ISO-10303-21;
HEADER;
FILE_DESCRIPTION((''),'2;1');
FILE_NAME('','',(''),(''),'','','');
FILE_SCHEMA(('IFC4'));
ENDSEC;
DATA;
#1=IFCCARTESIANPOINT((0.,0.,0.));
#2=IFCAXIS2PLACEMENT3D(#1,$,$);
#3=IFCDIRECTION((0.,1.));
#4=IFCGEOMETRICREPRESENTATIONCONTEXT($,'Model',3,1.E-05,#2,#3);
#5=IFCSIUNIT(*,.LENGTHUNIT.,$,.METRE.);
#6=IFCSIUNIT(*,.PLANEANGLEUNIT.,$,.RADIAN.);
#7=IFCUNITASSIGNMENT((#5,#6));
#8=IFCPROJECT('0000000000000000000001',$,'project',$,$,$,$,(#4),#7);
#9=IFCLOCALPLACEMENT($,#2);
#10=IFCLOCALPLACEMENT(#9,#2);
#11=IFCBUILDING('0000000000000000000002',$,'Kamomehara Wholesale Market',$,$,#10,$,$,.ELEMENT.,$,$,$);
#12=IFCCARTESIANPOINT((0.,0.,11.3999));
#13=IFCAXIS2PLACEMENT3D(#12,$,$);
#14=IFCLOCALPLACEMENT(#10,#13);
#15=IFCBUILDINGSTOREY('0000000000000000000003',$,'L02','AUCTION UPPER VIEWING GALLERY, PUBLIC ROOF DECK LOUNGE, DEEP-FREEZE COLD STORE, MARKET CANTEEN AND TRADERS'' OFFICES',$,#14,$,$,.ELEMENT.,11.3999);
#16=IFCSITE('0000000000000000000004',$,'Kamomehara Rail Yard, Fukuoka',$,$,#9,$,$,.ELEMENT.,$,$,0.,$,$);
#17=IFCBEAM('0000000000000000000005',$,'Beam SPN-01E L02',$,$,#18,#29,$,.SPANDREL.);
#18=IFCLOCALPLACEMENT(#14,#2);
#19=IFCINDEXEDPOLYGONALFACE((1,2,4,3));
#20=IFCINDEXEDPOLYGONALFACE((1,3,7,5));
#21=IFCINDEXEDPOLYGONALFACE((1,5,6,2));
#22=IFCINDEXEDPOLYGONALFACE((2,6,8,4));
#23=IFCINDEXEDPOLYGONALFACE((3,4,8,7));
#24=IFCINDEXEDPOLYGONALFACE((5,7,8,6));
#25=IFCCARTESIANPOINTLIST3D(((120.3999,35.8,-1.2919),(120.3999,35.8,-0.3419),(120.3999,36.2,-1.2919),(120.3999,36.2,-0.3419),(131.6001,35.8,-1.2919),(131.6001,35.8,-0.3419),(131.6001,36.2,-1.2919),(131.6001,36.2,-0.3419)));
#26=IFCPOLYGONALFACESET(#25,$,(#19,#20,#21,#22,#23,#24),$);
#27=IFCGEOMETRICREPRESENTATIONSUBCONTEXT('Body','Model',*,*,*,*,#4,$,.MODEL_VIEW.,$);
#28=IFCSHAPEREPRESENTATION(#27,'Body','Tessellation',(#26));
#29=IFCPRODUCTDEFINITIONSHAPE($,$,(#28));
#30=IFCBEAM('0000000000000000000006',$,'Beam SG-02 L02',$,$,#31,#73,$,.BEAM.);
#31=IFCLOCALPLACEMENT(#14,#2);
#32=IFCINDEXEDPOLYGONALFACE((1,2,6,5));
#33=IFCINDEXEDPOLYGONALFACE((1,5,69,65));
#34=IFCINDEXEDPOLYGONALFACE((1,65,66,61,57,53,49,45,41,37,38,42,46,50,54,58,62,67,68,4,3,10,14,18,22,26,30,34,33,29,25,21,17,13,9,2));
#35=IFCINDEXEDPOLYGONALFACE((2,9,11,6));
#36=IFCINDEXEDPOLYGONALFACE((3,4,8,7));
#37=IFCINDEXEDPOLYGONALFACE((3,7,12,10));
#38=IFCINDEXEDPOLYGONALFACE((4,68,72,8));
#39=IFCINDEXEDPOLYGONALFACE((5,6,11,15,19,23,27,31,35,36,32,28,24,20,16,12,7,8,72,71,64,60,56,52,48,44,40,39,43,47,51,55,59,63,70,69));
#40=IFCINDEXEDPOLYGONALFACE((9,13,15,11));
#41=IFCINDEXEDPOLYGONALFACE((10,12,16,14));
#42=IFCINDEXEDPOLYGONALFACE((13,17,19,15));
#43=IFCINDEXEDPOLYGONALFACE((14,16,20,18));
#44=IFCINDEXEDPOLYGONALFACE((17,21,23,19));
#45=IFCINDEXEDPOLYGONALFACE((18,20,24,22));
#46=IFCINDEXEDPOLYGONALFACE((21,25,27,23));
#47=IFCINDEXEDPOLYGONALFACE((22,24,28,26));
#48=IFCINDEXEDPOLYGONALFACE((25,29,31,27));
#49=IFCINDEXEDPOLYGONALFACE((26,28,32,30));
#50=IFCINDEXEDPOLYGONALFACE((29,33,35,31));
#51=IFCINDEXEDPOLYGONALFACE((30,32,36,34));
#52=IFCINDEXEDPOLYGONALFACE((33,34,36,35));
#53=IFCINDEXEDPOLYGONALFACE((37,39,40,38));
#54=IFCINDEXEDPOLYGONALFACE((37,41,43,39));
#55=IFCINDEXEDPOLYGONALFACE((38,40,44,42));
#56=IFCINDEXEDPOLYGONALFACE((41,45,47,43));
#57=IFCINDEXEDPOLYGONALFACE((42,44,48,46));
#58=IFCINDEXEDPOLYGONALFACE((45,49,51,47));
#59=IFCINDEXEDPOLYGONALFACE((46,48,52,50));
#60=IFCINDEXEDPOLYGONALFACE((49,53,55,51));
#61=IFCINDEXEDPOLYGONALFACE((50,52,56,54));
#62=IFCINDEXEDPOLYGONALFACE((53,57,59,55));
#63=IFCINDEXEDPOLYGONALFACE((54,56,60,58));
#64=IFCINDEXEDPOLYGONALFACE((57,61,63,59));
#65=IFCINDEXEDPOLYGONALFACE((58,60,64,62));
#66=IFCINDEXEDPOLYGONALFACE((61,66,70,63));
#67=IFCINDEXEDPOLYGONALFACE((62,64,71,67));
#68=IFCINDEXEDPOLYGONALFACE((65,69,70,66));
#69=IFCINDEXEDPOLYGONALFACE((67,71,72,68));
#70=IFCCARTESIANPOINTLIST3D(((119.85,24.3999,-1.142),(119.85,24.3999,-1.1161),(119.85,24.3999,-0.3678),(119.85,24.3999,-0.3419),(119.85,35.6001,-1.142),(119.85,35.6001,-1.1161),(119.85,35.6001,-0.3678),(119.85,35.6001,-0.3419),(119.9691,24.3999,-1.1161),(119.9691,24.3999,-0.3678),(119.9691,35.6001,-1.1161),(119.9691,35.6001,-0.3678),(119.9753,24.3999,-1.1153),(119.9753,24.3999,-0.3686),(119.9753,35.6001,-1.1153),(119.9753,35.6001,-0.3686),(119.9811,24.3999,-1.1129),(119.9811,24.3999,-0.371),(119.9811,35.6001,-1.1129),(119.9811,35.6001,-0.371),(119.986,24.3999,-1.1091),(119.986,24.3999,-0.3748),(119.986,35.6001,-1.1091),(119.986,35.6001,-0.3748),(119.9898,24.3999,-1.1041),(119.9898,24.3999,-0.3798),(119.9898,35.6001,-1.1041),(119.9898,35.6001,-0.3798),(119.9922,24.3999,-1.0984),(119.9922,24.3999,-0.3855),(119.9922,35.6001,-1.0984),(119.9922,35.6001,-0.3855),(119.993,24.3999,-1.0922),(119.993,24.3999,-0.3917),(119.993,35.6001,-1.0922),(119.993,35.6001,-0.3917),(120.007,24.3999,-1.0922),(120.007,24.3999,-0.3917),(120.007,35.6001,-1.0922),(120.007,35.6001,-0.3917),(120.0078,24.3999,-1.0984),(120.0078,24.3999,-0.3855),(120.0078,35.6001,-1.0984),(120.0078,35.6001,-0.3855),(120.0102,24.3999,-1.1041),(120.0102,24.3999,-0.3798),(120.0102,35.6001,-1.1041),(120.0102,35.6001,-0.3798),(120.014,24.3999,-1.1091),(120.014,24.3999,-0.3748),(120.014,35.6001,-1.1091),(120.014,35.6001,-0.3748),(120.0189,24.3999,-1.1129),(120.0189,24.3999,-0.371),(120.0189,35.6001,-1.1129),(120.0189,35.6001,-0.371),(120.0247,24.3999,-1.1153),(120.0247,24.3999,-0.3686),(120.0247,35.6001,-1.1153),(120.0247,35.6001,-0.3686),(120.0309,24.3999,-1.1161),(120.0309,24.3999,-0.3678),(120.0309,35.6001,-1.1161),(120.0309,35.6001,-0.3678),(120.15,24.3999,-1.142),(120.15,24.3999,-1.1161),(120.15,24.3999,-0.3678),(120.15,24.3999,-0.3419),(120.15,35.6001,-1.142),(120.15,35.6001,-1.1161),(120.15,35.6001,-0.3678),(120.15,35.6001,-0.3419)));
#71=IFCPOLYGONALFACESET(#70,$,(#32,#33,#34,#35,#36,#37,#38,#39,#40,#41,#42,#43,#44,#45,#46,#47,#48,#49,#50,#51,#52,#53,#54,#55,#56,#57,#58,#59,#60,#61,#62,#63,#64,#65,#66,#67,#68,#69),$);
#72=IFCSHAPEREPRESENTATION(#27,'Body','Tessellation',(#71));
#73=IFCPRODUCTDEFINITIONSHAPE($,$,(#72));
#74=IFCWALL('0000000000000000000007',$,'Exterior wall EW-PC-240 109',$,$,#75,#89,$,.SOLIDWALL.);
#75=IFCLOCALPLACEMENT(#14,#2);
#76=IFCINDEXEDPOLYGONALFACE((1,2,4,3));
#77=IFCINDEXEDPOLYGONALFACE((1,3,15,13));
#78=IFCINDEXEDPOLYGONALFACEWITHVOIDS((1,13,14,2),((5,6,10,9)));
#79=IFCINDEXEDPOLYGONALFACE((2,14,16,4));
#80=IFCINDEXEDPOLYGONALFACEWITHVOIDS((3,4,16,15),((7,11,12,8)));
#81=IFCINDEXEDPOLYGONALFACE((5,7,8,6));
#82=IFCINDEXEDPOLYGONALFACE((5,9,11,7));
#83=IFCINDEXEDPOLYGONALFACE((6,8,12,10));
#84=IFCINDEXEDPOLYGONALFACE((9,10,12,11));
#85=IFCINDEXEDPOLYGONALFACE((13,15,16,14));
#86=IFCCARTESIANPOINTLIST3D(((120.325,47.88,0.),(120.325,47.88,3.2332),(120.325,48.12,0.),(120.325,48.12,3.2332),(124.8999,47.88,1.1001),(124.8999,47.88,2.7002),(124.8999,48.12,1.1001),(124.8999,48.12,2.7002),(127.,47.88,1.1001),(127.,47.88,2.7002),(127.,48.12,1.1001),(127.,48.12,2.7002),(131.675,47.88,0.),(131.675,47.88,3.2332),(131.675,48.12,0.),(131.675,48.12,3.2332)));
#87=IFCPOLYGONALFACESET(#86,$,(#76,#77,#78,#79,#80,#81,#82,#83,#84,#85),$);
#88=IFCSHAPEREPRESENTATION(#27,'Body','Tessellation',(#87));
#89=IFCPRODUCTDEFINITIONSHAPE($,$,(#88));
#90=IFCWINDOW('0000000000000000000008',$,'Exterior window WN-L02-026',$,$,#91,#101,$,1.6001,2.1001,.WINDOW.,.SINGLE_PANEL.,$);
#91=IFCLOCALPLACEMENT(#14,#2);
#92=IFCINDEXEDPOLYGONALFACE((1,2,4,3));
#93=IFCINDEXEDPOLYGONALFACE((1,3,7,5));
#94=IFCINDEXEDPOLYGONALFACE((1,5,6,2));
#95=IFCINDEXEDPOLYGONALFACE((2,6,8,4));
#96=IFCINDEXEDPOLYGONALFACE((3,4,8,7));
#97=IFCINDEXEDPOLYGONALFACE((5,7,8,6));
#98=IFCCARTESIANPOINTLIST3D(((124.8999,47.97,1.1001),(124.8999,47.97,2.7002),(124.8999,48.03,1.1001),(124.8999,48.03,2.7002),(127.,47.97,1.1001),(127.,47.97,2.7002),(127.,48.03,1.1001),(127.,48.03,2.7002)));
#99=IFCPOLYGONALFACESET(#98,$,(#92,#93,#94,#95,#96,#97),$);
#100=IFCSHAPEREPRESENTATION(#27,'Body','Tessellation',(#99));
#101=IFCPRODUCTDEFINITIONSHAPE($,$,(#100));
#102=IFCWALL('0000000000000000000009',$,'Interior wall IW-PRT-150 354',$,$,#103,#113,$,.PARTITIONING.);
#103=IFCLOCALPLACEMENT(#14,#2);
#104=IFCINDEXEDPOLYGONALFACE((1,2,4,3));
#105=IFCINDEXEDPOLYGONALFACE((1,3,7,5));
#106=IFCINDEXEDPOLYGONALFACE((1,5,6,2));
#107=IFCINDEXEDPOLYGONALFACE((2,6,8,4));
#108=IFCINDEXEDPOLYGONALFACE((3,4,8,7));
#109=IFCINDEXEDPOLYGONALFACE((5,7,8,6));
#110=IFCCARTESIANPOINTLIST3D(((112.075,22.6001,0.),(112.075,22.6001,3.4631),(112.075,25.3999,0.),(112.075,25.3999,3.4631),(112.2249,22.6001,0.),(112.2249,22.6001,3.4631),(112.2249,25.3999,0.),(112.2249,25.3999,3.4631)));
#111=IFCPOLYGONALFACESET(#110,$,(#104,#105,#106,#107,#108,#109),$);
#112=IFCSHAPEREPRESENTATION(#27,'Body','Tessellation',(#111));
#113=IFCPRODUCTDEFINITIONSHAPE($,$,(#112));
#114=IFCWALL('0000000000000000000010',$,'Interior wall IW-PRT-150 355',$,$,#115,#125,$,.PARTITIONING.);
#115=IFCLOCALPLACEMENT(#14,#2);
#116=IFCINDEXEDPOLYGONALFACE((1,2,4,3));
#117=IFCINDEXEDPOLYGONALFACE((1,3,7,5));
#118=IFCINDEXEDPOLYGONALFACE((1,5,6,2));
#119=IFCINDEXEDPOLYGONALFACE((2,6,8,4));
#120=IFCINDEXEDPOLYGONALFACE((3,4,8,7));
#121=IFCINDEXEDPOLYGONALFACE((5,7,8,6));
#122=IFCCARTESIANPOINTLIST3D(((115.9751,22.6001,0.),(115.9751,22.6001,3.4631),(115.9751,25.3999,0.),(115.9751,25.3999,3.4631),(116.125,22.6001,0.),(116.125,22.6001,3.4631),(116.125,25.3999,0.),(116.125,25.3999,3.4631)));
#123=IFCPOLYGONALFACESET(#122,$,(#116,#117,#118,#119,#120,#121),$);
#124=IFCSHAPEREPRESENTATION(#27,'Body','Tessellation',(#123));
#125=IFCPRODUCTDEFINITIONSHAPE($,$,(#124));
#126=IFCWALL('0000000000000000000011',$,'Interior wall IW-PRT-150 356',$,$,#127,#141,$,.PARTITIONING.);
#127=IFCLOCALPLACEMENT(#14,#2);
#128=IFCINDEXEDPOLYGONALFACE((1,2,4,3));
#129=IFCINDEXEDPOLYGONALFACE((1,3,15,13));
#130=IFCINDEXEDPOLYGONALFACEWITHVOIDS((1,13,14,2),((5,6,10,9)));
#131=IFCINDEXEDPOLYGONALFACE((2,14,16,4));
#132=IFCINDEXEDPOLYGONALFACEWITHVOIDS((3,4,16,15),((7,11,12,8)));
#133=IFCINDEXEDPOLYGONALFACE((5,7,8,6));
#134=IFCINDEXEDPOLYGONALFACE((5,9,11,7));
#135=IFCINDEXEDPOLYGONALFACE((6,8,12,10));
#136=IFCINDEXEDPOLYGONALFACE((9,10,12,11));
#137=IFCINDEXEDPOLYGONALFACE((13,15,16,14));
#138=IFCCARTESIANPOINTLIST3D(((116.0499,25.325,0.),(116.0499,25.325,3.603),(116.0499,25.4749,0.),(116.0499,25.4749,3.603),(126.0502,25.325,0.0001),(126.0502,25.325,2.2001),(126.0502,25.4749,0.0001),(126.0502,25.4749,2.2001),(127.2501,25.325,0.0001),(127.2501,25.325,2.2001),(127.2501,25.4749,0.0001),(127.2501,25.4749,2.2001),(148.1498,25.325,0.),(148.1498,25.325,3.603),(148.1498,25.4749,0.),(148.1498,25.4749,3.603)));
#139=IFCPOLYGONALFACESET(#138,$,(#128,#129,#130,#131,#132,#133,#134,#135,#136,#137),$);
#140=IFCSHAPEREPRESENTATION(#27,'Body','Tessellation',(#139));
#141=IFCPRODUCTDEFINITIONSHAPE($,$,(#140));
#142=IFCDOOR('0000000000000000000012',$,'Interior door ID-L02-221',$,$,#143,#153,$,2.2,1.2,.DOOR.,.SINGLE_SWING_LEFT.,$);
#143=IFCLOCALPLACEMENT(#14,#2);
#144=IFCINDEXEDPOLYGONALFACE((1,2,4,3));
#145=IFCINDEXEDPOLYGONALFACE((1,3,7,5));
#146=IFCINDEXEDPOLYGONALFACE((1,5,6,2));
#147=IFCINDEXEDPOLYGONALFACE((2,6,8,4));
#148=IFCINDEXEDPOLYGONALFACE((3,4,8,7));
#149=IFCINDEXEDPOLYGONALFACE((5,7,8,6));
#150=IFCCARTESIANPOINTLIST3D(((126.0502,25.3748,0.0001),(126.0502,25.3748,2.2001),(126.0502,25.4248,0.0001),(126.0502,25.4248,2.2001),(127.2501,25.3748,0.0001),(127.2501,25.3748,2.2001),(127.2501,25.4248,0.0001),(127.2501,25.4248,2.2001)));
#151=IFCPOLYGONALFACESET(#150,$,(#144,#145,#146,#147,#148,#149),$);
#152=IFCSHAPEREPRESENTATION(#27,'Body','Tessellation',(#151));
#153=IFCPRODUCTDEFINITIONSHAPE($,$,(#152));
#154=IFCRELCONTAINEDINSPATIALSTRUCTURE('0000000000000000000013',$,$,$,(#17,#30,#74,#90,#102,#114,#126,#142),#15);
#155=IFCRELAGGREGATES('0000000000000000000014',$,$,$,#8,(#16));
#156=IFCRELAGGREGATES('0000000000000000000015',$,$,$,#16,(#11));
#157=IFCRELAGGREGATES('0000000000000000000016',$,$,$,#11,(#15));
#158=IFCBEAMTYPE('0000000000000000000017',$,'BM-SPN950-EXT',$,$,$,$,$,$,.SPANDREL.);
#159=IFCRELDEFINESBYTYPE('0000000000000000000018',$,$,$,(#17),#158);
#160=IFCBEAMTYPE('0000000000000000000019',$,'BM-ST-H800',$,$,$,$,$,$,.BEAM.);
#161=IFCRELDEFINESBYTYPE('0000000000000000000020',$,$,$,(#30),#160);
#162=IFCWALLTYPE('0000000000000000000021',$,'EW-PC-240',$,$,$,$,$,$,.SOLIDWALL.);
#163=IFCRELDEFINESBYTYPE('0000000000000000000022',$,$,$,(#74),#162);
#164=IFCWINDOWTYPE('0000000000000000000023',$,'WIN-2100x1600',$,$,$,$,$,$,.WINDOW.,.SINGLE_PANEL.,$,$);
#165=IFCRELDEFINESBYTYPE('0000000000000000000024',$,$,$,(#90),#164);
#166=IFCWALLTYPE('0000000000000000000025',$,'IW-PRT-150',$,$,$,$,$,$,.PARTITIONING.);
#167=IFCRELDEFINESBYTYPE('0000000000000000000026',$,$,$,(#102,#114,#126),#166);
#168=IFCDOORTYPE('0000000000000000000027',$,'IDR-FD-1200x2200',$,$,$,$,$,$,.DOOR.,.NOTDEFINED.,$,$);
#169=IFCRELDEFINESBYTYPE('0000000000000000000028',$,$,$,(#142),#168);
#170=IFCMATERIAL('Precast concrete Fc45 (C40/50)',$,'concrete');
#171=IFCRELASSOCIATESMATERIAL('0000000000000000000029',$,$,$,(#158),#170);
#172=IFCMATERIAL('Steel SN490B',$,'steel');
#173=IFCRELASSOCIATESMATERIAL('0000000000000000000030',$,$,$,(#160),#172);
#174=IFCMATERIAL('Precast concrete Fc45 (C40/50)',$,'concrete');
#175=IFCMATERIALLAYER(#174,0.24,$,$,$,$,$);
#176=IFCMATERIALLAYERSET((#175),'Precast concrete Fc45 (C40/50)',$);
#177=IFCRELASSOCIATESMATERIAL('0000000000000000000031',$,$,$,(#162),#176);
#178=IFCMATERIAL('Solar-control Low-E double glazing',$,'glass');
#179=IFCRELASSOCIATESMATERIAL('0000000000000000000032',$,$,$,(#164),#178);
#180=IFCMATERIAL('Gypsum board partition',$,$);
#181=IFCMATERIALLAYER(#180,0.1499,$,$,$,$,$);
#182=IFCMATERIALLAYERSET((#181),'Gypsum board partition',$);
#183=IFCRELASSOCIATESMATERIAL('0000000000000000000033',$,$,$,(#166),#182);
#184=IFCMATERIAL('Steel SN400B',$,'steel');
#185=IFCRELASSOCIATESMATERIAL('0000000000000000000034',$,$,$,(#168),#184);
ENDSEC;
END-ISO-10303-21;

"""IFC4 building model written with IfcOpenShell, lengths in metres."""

from ifc_helpers import new_model, si_unit, direction, frame, frame_2d, origin, origin_2d, place, context, subcontext, project, spatial, rectangle, i_section, extrude, material, layer, layer_set, material_profile, profile_set, type_object, element, fill, save


model = new_model("IFC4")

# Units and contexts
model_context = context("Model", 3, precision=1e-05, world=origin(), true_north=direction((0.0, 1.0)))
body_context = subcontext(model_context, "Body", "Model", "MODEL_VIEW")
ifc_project = project(units=[si_unit("LENGTHUNIT", "METRE"), si_unit("PLANEANGLEUNIT", "RADIAN")], contexts=[model_context])

# Site, building, storey
site_placement = place(None, origin())
site = spatial("IfcSite", under=ifc_project, at=site_placement, Name="Kamomehara Rail Yard, Fukuoka", CompositionType="ELEMENT", RefElevation=0.0)
building_placement = place(site_placement, origin())
building = spatial("IfcBuilding", under=site, at=building_placement, Name="Kamomehara Wholesale Market", CompositionType="ELEMENT")
storey_placement = place(building_placement, frame((0.0, 0.0, 11.3999)))
storey = spatial("IfcBuildingStorey", under=building, at=storey_placement, Name="L02", Description="AUCTION UPPER VIEWING GALLERY, PUBLIC ROOF DECK LOUNGE, DEEP-FREEZE COLD STORE, MARKET CANTEEN AND TRADERS' OFFICES", CompositionType="ELEMENT", Elevation=11.3999)

# Beams
ifc_material_1 = material(Name="Precast concrete Fc45 (C40/50)", Category="concrete")
ifc_material_profile_1 = material_profile(ifc_material_1, rectangle(XDim=0.3999, YDim=0.95, at=origin_2d()), Name="PC-SPN-400x950")
ifc_profile_set_1 = profile_set([ifc_material_profile_1], Name="Precast concrete Fc45 (C40/50)")
beam_type_1 = type_object("IfcBeamType", Name="BM-SPN950-EXT", PredefinedType="SPANDREL", material=ifc_profile_set_1)
beam_1_placement = place(storey_placement, frame((120.3999, 36.0, -0.8169), z_axis=(1.0, 0.0, 0.0), x_axis=(0.0, 1.0, 0.0)))
element("IfcBeam", 1, at=beam_1_placement, inside=storey, type_object=beam_type_1, Name="Beam SPN-01E L02", PredefinedType="SPANDREL", context=body_context, shape_type="SweptSolid", body=[
    extrude(rectangle(XDim=0.3999, YDim=0.95, at=origin_2d()), origin(), (0.0, 0.0, 1.0), 11.2002),
])
ifc_material_2 = material(Name="Steel SN490B", Category="steel")
ifc_material_profile_2 = material_profile(ifc_material_2, i_section(OverallWidth=0.3, OverallDepth=0.8, WebThickness=0.0139, FlangeThickness=0.0259, FilletRadius=0.0239, at=origin_2d()), Name="H-800x300x14x26")
ifc_profile_set_2 = profile_set([ifc_material_profile_2], Name="Steel SN490B")
beam_type_2 = type_object("IfcBeamType", Name="BM-ST-H800", PredefinedType="BEAM", material=ifc_profile_set_2)
beam_2_placement = place(storey_placement, frame((120.0, 24.3999, -0.7419), z_axis=(0.0, 1.0, 0.0), x_axis=(-1.0, 0.0, 0.0)))
element("IfcBeam", 2, at=beam_2_placement, inside=storey, type_object=beam_type_2, Name="Beam SG-02 L02", PredefinedType="BEAM", context=body_context, shape_type="SweptSolid", body=[
    extrude(i_section(OverallWidth=0.3, OverallDepth=0.8, WebThickness=0.0139, FlangeThickness=0.0259, FilletRadius=0.0239, at=origin_2d()), origin(), (0.0, 0.0, 1.0), 11.2002),
])

# Wall, opening, window
ifc_material_3 = material(Name="Precast concrete Fc45 (C40/50)", Category="concrete")
ifc_layer_1 = layer(ifc_material_3, 0.24)
ifc_layer_set_1 = layer_set([ifc_layer_1], Name="Precast concrete Fc45 (C40/50)")
wall_type_1 = type_object("IfcWallType", Name="EW-PC-240", PredefinedType="SOLIDWALL", material=ifc_layer_set_1)
wall_1_placement = place(storey_placement, frame((120.325, 48.0, 0.0), z_axis=(0.0, 0.0, 1.0), x_axis=(1.0, 0.0, 0.0)))
wall_1 = element("IfcWall", 3, at=wall_1_placement, inside=storey, type_object=wall_type_1, Name="Exterior wall EW-PC-240 109", PredefinedType="SOLIDWALL", context=body_context, shape_type="SweptSolid", body=[
    extrude(rectangle(XDim=11.3501, YDim=0.24, at=frame_2d((5.675, 0.0))), origin(), (0.0, 0.0, 1.0), 3.2332),
])
opening_1_placement = place(wall_1_placement, frame((4.575, 0.0, 1.1001)))
opening_1 = element("IfcOpeningElement", 4, at=opening_1_placement, cuts=wall_1, PredefinedType="OPENING", context=body_context, shape_type="SweptSolid", body=[
    extrude(rectangle(XDim=2.1001, YDim=1.6001, at=frame_2d((1.05, 0.8))), frame((0.0, 0.1348, 0.0), z_axis=(0.0, -1.0, 0.0), x_axis=(1.0, 0.0, 0.0)), (0.0, 0.0, 1.0), 0.2698),
])
ifc_material_4 = material(Name="Solar-control Low-E double glazing", Category="glass")
window_type = type_object("IfcWindowType", Name="WIN-2100x1600", PartitioningType="SINGLE_PANEL", PredefinedType="WINDOW", material=ifc_material_4)
window_placement = place(opening_1_placement, origin())
window = element("IfcWindow", 5, at=window_placement, inside=storey, type_object=window_type, Name="Exterior window WN-L02-026", OverallHeight=1.6001, OverallWidth=2.1001, PartitioningType="SINGLE_PANEL", PredefinedType="WINDOW", context=body_context, shape_type="SweptSolid", body=[
    extrude(rectangle(XDim=2.1001, YDim=1.6001, at=frame_2d((1.05, 0.8))), frame((0.0, 0.03, 0.0), z_axis=(0.0, -1.0, 0.0), x_axis=(1.0, 0.0, 0.0)), (0.0, 0.0, 1.0), 0.0601),
])
fill(opening_1, window)

# Walls
ifc_material_5 = material(Name="Gypsum board partition")
ifc_layer_2 = layer(ifc_material_5, 0.1499)
ifc_layer_set_2 = layer_set([ifc_layer_2], Name="Gypsum board partition")
wall_type_2 = type_object("IfcWallType", Name="IW-PRT-150", PredefinedType="PARTITIONING", material=ifc_layer_set_2)
for number, where, z_axis, x_axis, name in (
    (6, (112.1499, 22.6001, 0.0), (0.0, 0.0, 1.0), (0.0, 1.0, 0.0), "Interior wall IW-PRT-150 354"),
    (7, (116.05, 22.6001, 0.0), (0.0, 0.0, 1.0), (0.0, 1.0, 0.0), "Interior wall IW-PRT-150 355"),
):
    element("IfcWall", number, at=place(storey_placement, frame(where, z_axis=z_axis, x_axis=x_axis)), inside=storey, type_object=wall_type_2, Name=name, PredefinedType="PARTITIONING", context=body_context, shape_type="SweptSolid", body=[
        extrude(rectangle(XDim=2.7998, YDim=0.1499, at=frame_2d((1.3999, 0.0))), origin(), (0.0, 0.0, 1.0), 3.4631),
    ])

# Wall, opening, door
wall_2_placement = place(storey_placement, frame((116.05, 25.3999, 0.0), z_axis=(0.0, 0.0, 1.0), x_axis=(1.0, 0.0, 0.0)))
wall_2 = element("IfcWall", 8, at=wall_2_placement, inside=storey, type_object=wall_type_2, Name="Interior wall IW-PRT-150 356", PredefinedType="PARTITIONING", context=body_context, shape_type="SweptSolid", body=[
    extrude(rectangle(XDim=32.0999, YDim=0.1499, at=frame_2d((16.0498, 0.0))), origin(), (0.0, 0.0, 1.0), 3.603),
])
opening_2_placement = place(wall_2_placement, frame((10.0, 0.0, 0.0)))
opening_2 = element("IfcOpeningElement", 9, at=opening_2_placement, cuts=wall_2, PredefinedType="OPENING", context=body_context, shape_type="SweptSolid", body=[
    extrude(rectangle(XDim=1.2, YDim=2.2, at=frame_2d((0.6001, 1.1001))), frame((0.0, 0.0898, 0.0), z_axis=(0.0, -1.0, 0.0), x_axis=(1.0, 0.0, 0.0)), (0.0, 0.0, 1.0), 0.1797),
])
ifc_material_6 = material(Name="Steel SN400B", Category="steel")
door_type = type_object("IfcDoorType", Name="IDR-FD-1200x2200", OperationType="NOTDEFINED", PredefinedType="DOOR", material=ifc_material_6)
door_1_placement = place(opening_2_placement, origin())
door_1 = element("IfcDoor", 10, at=door_1_placement, inside=storey, type_object=door_type, Name="Interior door ID-L02-221", OperationType="SINGLE_SWING_LEFT", OverallHeight=2.2, OverallWidth=1.2, PredefinedType="DOOR", context=body_context, shape_type="SweptSolid", body=[
    extrude(rectangle(XDim=1.2, YDim=2.2, at=frame_2d((0.6001, 1.1001))), frame((0.0, 0.0249, 0.0), z_axis=(0.0, -1.0, 0.0), x_axis=(1.0, 0.0, 0.0)), (0.0, 0.0, 1.0), 0.05),
])
fill(opening_2, door_1)

save(model, "model.ifc")
